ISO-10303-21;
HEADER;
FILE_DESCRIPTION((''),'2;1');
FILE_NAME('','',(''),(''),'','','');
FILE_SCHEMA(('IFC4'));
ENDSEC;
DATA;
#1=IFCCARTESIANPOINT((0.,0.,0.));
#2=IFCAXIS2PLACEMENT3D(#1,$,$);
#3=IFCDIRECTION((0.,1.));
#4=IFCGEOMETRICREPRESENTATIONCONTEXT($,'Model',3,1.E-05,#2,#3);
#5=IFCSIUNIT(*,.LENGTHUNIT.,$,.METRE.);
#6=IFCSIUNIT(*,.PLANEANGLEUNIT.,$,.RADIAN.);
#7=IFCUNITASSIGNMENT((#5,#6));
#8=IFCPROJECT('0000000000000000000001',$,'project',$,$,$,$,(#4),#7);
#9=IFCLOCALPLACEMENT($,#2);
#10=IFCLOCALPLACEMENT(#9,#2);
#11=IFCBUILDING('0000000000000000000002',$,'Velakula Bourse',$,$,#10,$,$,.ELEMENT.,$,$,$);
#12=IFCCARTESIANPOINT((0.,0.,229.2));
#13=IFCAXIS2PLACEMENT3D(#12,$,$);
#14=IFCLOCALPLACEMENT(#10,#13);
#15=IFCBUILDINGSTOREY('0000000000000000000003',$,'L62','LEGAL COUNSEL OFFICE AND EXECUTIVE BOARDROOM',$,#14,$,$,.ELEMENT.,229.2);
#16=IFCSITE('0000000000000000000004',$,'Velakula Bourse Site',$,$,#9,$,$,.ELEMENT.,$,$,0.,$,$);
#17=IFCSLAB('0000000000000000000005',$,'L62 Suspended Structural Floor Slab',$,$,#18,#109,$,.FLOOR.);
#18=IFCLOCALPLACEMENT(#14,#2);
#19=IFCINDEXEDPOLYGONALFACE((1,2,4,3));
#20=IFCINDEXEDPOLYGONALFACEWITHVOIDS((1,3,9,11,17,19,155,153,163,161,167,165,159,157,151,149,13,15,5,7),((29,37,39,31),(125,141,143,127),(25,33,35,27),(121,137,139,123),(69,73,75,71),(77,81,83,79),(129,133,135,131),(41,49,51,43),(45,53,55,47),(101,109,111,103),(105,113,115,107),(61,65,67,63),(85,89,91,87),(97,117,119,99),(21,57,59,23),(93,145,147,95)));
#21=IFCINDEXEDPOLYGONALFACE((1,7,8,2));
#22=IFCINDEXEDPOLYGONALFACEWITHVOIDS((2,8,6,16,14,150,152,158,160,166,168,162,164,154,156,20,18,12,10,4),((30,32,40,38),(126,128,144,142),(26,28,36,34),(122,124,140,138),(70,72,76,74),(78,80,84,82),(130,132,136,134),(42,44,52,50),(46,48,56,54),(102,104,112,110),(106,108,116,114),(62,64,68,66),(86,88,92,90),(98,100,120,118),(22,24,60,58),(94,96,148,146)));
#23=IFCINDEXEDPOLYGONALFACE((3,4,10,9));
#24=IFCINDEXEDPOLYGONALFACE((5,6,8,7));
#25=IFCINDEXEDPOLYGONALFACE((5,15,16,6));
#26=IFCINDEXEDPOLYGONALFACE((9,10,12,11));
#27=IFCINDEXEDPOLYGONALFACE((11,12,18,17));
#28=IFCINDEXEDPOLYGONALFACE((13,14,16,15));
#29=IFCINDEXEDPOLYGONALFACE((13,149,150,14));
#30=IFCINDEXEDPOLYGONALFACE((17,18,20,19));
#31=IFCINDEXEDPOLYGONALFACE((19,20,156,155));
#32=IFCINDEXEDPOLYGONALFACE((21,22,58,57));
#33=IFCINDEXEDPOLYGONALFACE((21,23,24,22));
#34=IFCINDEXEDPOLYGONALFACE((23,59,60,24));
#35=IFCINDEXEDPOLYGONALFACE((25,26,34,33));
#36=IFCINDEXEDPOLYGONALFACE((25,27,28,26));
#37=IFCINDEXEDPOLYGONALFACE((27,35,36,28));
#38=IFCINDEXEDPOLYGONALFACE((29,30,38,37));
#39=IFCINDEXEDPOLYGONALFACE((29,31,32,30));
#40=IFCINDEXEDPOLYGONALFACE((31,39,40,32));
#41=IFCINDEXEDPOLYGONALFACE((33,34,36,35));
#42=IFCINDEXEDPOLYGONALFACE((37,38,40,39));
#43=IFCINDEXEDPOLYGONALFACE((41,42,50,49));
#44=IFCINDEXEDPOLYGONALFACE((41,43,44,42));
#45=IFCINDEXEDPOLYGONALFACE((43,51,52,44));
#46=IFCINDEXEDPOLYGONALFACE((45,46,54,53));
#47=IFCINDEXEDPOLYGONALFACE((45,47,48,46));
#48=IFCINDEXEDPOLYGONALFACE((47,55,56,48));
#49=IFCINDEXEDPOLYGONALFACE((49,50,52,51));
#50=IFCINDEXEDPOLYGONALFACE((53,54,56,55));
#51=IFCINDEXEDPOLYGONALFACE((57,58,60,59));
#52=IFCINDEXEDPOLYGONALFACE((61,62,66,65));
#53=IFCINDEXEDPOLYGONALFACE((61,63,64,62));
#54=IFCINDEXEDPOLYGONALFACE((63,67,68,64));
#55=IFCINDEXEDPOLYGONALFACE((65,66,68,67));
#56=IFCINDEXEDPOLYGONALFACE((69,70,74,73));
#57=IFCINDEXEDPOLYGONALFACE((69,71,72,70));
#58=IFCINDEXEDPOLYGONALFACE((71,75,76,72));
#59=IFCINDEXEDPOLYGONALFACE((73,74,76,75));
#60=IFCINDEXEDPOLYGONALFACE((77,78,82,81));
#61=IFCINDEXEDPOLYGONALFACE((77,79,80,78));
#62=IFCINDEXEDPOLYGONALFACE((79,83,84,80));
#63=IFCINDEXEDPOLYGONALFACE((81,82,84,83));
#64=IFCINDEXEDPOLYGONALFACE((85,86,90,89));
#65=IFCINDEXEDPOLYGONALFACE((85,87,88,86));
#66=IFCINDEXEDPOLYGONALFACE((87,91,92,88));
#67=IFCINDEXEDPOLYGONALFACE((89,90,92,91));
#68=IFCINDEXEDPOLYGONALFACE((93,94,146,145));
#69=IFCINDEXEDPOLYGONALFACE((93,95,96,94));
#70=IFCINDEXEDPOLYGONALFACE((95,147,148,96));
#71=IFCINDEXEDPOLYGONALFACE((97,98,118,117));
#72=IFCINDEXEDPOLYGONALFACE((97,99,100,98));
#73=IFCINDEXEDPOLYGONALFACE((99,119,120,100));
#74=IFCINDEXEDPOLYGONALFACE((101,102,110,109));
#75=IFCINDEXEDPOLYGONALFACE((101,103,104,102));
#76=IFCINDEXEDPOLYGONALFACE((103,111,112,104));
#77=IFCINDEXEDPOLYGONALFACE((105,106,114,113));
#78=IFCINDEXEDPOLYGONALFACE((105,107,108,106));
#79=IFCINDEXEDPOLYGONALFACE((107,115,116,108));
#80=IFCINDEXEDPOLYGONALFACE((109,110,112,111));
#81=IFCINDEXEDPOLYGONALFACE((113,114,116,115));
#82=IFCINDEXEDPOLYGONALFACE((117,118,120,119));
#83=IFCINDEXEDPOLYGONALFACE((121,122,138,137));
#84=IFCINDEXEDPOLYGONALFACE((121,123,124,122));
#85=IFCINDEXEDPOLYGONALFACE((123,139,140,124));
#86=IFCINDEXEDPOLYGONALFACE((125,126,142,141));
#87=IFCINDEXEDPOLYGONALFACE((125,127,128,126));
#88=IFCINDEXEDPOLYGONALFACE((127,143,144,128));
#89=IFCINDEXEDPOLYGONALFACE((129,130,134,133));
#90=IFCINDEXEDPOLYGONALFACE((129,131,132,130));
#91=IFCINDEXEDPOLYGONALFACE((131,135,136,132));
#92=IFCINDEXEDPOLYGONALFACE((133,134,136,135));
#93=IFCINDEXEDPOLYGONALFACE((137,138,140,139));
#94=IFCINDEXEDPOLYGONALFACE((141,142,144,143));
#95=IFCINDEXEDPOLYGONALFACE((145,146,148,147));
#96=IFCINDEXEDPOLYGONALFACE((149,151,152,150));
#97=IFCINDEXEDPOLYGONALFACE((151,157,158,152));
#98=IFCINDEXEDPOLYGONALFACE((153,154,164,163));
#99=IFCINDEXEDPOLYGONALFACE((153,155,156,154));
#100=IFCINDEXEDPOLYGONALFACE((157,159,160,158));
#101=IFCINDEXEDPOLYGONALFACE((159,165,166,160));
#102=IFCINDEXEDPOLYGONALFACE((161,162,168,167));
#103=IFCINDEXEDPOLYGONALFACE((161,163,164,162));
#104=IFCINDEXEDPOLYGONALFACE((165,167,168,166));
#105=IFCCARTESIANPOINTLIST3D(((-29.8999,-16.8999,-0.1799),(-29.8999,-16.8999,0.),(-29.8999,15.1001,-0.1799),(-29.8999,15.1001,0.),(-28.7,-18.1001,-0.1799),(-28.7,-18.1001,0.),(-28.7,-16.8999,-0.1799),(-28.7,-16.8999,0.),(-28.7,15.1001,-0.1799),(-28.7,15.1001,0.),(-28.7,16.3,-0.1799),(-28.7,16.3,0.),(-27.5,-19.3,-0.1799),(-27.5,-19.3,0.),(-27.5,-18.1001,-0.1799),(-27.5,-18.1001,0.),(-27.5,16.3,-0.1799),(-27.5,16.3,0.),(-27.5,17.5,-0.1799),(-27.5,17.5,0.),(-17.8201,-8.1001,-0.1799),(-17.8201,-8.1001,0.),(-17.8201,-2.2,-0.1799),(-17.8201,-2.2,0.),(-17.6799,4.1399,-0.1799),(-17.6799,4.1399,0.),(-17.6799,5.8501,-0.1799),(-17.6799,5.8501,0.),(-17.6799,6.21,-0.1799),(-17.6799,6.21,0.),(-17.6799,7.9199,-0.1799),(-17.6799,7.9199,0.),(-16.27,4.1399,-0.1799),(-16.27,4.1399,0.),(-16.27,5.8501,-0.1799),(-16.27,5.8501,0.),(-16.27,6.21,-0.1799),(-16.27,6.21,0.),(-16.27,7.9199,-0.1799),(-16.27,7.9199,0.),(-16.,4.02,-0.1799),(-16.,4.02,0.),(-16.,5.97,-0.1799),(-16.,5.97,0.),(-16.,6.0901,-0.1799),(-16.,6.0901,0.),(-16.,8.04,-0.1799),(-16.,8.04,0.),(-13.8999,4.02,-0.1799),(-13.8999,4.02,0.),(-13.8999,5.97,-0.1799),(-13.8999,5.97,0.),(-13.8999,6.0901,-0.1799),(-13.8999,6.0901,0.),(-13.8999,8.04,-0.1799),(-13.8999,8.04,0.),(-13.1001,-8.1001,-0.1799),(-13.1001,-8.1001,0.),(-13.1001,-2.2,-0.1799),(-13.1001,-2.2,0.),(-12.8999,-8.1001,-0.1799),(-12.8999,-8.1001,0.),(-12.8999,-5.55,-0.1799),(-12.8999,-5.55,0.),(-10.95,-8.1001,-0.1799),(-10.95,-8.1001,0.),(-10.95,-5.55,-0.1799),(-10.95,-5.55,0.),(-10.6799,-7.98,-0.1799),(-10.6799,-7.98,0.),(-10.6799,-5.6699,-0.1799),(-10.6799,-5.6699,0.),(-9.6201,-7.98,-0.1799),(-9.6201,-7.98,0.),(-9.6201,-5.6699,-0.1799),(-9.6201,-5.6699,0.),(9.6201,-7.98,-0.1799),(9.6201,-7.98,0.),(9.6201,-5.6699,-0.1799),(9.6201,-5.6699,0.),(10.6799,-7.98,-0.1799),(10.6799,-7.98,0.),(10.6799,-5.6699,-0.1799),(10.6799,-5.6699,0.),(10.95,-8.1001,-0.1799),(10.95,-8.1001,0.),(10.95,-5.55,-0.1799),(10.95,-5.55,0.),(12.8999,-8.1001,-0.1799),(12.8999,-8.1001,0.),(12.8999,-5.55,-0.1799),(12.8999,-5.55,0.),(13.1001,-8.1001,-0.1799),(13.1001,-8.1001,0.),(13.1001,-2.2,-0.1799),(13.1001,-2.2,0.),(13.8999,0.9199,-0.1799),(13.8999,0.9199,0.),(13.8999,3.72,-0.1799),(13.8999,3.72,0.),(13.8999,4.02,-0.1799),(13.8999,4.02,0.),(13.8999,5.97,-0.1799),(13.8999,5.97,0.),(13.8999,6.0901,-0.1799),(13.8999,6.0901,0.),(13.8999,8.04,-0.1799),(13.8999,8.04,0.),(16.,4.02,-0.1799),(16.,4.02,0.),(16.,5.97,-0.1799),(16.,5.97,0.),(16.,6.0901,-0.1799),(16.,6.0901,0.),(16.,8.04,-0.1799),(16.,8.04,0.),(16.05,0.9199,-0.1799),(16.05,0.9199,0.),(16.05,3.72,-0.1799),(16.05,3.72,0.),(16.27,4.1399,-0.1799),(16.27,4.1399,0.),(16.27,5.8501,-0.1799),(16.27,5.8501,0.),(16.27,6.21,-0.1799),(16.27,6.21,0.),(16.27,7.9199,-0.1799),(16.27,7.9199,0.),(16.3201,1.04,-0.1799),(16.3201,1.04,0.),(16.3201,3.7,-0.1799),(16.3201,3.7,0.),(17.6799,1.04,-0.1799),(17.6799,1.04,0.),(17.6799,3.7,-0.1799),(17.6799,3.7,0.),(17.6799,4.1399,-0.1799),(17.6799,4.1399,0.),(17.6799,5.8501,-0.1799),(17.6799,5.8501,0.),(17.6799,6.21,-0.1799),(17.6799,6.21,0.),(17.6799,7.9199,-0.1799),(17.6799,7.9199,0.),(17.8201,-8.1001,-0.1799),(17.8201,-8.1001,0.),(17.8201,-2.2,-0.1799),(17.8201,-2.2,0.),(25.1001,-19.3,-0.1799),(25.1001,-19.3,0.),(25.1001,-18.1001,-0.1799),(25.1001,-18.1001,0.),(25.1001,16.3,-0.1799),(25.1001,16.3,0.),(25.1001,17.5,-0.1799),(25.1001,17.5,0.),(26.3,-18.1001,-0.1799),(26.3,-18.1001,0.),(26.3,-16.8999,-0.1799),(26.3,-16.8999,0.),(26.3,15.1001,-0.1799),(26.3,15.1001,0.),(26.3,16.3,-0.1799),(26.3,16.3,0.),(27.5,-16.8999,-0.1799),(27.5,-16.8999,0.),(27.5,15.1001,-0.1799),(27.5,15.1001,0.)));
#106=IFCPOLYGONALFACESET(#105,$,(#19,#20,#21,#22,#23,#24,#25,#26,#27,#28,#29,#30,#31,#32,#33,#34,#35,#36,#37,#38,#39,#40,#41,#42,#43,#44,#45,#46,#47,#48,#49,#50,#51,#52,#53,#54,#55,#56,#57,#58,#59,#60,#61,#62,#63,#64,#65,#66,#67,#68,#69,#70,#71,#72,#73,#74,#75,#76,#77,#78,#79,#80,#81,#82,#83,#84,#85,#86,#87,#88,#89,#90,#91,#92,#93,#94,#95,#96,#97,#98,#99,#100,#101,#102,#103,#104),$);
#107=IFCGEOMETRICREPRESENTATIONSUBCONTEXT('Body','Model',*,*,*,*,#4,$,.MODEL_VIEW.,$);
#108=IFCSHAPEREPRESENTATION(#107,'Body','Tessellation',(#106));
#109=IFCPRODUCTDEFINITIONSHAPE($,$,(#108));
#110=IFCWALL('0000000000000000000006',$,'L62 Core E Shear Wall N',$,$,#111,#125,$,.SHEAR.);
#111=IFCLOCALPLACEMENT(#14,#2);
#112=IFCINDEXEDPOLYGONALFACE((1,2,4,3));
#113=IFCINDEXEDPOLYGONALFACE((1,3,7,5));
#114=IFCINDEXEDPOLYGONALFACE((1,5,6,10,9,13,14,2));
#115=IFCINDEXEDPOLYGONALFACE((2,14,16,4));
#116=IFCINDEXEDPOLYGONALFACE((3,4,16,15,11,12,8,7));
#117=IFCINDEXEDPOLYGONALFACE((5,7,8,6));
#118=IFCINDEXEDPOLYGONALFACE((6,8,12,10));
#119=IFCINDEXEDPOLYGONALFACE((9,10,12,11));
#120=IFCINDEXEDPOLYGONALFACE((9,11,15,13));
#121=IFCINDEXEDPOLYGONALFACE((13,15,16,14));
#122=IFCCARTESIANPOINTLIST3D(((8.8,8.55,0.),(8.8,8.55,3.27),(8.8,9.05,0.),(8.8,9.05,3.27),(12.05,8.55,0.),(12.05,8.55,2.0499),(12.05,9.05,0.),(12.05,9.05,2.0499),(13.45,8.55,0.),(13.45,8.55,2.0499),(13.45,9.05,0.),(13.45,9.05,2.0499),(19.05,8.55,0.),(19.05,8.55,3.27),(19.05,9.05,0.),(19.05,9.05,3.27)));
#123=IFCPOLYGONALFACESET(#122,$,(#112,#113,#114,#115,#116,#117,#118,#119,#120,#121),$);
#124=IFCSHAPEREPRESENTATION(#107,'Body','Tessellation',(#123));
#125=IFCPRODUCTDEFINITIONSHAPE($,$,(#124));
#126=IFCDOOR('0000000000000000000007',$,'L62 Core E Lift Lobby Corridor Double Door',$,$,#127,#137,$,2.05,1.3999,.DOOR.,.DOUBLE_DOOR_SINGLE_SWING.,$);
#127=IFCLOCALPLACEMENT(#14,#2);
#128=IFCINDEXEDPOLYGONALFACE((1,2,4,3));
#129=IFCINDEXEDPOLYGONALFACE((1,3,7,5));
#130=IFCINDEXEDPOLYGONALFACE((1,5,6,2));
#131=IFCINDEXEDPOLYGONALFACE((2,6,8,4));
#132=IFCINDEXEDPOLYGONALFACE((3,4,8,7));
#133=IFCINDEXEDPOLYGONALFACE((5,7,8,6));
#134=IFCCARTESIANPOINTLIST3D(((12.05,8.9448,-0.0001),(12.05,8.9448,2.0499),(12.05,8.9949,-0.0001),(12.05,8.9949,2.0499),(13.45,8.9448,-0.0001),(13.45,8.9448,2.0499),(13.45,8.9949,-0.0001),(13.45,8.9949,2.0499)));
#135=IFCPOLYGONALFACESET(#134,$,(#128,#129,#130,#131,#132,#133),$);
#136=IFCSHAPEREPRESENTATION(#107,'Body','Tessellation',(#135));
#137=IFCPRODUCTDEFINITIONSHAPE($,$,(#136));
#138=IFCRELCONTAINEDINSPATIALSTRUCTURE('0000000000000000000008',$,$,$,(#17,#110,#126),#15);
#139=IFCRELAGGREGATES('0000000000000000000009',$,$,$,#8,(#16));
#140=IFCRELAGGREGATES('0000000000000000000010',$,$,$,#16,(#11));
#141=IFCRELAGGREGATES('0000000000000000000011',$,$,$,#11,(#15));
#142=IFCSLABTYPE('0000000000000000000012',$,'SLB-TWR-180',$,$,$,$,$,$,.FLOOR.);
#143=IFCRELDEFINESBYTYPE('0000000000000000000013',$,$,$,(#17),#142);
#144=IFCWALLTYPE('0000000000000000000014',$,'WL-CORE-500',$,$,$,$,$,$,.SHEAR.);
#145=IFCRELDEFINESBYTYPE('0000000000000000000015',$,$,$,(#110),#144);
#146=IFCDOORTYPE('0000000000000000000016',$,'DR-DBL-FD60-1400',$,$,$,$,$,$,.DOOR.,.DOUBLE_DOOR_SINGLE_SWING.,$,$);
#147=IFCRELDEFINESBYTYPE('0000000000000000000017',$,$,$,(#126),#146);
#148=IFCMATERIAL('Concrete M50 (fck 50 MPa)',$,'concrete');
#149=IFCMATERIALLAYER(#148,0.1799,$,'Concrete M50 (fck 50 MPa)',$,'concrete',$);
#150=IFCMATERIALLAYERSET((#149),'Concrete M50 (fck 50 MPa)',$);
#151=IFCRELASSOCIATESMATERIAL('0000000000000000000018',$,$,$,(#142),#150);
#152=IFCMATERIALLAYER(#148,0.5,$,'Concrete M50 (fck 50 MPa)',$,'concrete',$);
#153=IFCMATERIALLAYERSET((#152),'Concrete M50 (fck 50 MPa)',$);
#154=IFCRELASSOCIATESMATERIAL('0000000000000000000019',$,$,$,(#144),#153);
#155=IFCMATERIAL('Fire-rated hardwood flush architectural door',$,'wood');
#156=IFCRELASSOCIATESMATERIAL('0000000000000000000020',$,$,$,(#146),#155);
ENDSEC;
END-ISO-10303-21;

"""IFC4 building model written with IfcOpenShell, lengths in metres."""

from ifc_helpers import new_model, si_unit, direction, frame, frame_2d, origin, place, context, subcontext, project, spatial, polyline, rectangle, outline, extrude, material, layer, layer_set, type_object, element, fill, save


model = new_model("IFC4")

# Units and contexts
model_context = context("Model", 3, precision=1e-05, world=origin(), true_north=direction((0.0, 1.0)))
body_context = subcontext(model_context, "Body", "Model", "MODEL_VIEW")
ifc_project = project(units=[si_unit("LENGTHUNIT", "METRE"), si_unit("PLANEANGLEUNIT", "RADIAN")], contexts=[model_context])

# Site, building, storey
site_placement = place(None, origin())
site = spatial("IfcSite", under=ifc_project, at=site_placement, Name="Velakula Bourse Site", CompositionType="ELEMENT", RefElevation=0.0)
building_placement = place(site_placement, origin())
building = spatial("IfcBuilding", under=site, at=building_placement, Name="Velakula Bourse", CompositionType="ELEMENT")
storey_placement = place(building_placement, frame((0.0, 0.0, 229.2)))
storey = spatial("IfcBuildingStorey", under=building, at=storey_placement, Name="L62", Description="LEGAL COUNSEL OFFICE AND EXECUTIVE BOARDROOM", CompositionType="ELEMENT", Elevation=229.2)

# Shared definitions
ifc_material_1 = material(Name="Concrete M50 (fck 50 MPa)", Category="concrete")

# Slab
ifc_layer_1 = layer(ifc_material_1, 0.1799, Name="Concrete M50 (fck 50 MPa)", Category="concrete")
ifc_layer_set_1 = layer_set([ifc_layer_1], Name="Concrete M50 (fck 50 MPa)")
slab_type_1 = type_object("IfcSlabType", Name="SLB-TWR-180", PredefinedType="FLOOR", material=ifc_layer_set_1)
slab_1_placement = place(storey_placement, frame((0.0, 0.0, -0.1799)))
element("IfcSlab", 1, at=slab_1_placement, inside=storey, type_object=slab_type_1, Name="L62 Suspended Structural Floor Slab", PredefinedType="FLOOR", context=body_context, shape_type="SweptSolid", body=[
    extrude(outline(polyline([(-27.5, -19.3), (25.1001, -19.3), (25.1001, -18.1001), (26.3, -18.1001), (26.3, -16.8999), (27.5, -16.8999), (27.5, 15.1001), (26.3, 15.1001), (26.3, 16.3), (25.1001, 16.3), (25.1001, 17.5), (-27.5, 17.5), (-27.5, 16.3), (-28.7, 16.3), (-28.7, 15.1001), (-29.8999, 15.1001), (-29.8999, -16.8999), (-28.7, -16.8999), (-28.7, -18.1001), (-27.5, -18.1001), (-27.5, -19.3)]), holes=[polyline([(-17.8201, -8.1001), (-13.1001, -8.1001), (-13.1001, -2.2), (-17.8201, -2.2), (-17.8201, -8.1001)]), polyline([(13.1001, -8.1001), (17.8201, -8.1001), (17.8201, -2.2), (13.1001, -2.2), (13.1001, -8.1001)]), polyline([(-12.8999, -8.1001), (-10.95, -8.1001), (-10.95, -5.55), (-12.8999, -5.55), (-12.8999, -8.1001)]), polyline([(10.95, -8.1001), (12.8999, -8.1001), (12.8999, -5.55), (10.95, -5.55), (10.95, -8.1001)]), polyline([(13.8999, 0.9199), (16.05, 0.9199), (16.05, 3.72), (13.8999, 3.72), (13.8999, 0.9199)]), polyline([(-10.6799, -7.98), (-9.6201, -7.98), (-9.6201, -5.6699), (-10.6799, -5.6699), (-10.6799, -7.98)]), polyline([(-17.6799, 4.1399), (-16.27, 4.1399), (-16.27, 5.8501), (-17.6799, 5.8501), (-17.6799, 4.1399)]), polyline([(-17.6799, 6.21), (-16.27, 6.21), (-16.27, 7.9199), (-17.6799, 7.9199), (-17.6799, 6.21)]), polyline([(9.6201, -7.98), (10.6799, -7.98), (10.6799, -5.6699), (9.6201, -5.6699), (9.6201, -7.98)]), polyline([(16.27, 4.1399), (17.6799, 4.1399), (17.6799, 5.8501), (16.27, 5.8501), (16.27, 4.1399)]), polyline([(16.27, 6.21), (17.6799, 6.21), (17.6799, 7.9199), (16.27, 7.9199), (16.27, 6.21)]), polyline([(16.3201, 1.04), (17.6799, 1.04), (17.6799, 3.7), (16.3201, 3.7), (16.3201, 1.04)]), polyline([(-16.0, 4.02), (-13.8999, 4.02), (-13.8999, 5.97), (-16.0, 5.97), (-16.0, 4.02)]), polyline([(-16.0, 6.0901), (-13.8999, 6.0901), (-13.8999, 8.04), (-16.0, 8.04), (-16.0, 6.0901)]), polyline([(13.8999, 4.02), (16.0, 4.02), (16.0, 5.97), (13.8999, 5.97), (13.8999, 4.02)]), polyline([(13.8999, 6.0901), (16.0, 6.0901), (16.0, 8.04), (13.8999, 8.04), (13.8999, 6.0901)])]), origin(), (0.0, 0.0, 1.0), 0.1799),
])

# Wall, opening, door
ifc_layer_2 = layer(ifc_material_1, 0.5, Name="Concrete M50 (fck 50 MPa)", Category="concrete")
ifc_layer_set_2 = layer_set([ifc_layer_2], Name="Concrete M50 (fck 50 MPa)")
wall_type_1 = type_object("IfcWallType", Name="WL-CORE-500", PredefinedType="SHEAR", material=ifc_layer_set_2)
wall_1_placement = place(storey_placement, frame((8.8, 8.8, 0.0), z_axis=(0.0, 0.0, 1.0), x_axis=(1.0, 0.0, 0.0)))
wall_1 = element("IfcWall", 2, at=wall_1_placement, inside=storey, type_object=wall_type_1, Name="L62 Core E Shear Wall N", PredefinedType="SHEAR", context=body_context, shape_type="SweptSolid", body=[
    extrude(rectangle(XDim=10.25, YDim=0.5, at=frame_2d((5.125, 0.0))), origin(), (0.0, 0.0, 1.0), 3.27),
])
opening_1_placement = place(wall_1_placement, frame((3.25, 0.0, 0.0)))
opening_1 = element("IfcOpeningElement", 3, at=opening_1_placement, cuts=wall_1, PredefinedType="OPENING", context=body_context, shape_type="SweptSolid", body=[
    extrude(rectangle(XDim=1.3999, YDim=2.05, at=frame_2d((0.7, 1.0249))), frame((0.0, 0.26, 0.0), z_axis=(0.0, -1.0, 0.0), x_axis=(1.0, 0.0, 0.0)), (0.0, 0.0, 1.0), 0.52),
])
ifc_material_2 = material(Name="Fire-rated hardwood flush architectural door", Category="wood")
door_type = type_object("IfcDoorType", Name="DR-DBL-FD60-1400", OperationType="DOUBLE_DOOR_SINGLE_SWING", PredefinedType="DOOR", material=ifc_material_2)
door_placement = place(opening_1_placement, origin())
door = element("IfcDoor", 4, at=door_placement, inside=storey, type_object=door_type, Name="L62 Core E Lift Lobby Corridor Double Door", OperationType="DOUBLE_DOOR_SINGLE_SWING", OverallHeight=2.05, OverallWidth=1.3999, PredefinedType="DOOR", context=body_context, shape_type="SweptSolid", body=[
    extrude(rectangle(XDim=1.3999, YDim=2.05, at=frame_2d((0.7, 1.0249))), frame((0.0, 0.1948, 0.0), z_axis=(0.0, -1.0, 0.0), x_axis=(1.0, 0.0, 0.0)), (0.0, 0.0, 1.0), 0.05),
])
fill(opening_1, door)

save(model, "model.ifc")
